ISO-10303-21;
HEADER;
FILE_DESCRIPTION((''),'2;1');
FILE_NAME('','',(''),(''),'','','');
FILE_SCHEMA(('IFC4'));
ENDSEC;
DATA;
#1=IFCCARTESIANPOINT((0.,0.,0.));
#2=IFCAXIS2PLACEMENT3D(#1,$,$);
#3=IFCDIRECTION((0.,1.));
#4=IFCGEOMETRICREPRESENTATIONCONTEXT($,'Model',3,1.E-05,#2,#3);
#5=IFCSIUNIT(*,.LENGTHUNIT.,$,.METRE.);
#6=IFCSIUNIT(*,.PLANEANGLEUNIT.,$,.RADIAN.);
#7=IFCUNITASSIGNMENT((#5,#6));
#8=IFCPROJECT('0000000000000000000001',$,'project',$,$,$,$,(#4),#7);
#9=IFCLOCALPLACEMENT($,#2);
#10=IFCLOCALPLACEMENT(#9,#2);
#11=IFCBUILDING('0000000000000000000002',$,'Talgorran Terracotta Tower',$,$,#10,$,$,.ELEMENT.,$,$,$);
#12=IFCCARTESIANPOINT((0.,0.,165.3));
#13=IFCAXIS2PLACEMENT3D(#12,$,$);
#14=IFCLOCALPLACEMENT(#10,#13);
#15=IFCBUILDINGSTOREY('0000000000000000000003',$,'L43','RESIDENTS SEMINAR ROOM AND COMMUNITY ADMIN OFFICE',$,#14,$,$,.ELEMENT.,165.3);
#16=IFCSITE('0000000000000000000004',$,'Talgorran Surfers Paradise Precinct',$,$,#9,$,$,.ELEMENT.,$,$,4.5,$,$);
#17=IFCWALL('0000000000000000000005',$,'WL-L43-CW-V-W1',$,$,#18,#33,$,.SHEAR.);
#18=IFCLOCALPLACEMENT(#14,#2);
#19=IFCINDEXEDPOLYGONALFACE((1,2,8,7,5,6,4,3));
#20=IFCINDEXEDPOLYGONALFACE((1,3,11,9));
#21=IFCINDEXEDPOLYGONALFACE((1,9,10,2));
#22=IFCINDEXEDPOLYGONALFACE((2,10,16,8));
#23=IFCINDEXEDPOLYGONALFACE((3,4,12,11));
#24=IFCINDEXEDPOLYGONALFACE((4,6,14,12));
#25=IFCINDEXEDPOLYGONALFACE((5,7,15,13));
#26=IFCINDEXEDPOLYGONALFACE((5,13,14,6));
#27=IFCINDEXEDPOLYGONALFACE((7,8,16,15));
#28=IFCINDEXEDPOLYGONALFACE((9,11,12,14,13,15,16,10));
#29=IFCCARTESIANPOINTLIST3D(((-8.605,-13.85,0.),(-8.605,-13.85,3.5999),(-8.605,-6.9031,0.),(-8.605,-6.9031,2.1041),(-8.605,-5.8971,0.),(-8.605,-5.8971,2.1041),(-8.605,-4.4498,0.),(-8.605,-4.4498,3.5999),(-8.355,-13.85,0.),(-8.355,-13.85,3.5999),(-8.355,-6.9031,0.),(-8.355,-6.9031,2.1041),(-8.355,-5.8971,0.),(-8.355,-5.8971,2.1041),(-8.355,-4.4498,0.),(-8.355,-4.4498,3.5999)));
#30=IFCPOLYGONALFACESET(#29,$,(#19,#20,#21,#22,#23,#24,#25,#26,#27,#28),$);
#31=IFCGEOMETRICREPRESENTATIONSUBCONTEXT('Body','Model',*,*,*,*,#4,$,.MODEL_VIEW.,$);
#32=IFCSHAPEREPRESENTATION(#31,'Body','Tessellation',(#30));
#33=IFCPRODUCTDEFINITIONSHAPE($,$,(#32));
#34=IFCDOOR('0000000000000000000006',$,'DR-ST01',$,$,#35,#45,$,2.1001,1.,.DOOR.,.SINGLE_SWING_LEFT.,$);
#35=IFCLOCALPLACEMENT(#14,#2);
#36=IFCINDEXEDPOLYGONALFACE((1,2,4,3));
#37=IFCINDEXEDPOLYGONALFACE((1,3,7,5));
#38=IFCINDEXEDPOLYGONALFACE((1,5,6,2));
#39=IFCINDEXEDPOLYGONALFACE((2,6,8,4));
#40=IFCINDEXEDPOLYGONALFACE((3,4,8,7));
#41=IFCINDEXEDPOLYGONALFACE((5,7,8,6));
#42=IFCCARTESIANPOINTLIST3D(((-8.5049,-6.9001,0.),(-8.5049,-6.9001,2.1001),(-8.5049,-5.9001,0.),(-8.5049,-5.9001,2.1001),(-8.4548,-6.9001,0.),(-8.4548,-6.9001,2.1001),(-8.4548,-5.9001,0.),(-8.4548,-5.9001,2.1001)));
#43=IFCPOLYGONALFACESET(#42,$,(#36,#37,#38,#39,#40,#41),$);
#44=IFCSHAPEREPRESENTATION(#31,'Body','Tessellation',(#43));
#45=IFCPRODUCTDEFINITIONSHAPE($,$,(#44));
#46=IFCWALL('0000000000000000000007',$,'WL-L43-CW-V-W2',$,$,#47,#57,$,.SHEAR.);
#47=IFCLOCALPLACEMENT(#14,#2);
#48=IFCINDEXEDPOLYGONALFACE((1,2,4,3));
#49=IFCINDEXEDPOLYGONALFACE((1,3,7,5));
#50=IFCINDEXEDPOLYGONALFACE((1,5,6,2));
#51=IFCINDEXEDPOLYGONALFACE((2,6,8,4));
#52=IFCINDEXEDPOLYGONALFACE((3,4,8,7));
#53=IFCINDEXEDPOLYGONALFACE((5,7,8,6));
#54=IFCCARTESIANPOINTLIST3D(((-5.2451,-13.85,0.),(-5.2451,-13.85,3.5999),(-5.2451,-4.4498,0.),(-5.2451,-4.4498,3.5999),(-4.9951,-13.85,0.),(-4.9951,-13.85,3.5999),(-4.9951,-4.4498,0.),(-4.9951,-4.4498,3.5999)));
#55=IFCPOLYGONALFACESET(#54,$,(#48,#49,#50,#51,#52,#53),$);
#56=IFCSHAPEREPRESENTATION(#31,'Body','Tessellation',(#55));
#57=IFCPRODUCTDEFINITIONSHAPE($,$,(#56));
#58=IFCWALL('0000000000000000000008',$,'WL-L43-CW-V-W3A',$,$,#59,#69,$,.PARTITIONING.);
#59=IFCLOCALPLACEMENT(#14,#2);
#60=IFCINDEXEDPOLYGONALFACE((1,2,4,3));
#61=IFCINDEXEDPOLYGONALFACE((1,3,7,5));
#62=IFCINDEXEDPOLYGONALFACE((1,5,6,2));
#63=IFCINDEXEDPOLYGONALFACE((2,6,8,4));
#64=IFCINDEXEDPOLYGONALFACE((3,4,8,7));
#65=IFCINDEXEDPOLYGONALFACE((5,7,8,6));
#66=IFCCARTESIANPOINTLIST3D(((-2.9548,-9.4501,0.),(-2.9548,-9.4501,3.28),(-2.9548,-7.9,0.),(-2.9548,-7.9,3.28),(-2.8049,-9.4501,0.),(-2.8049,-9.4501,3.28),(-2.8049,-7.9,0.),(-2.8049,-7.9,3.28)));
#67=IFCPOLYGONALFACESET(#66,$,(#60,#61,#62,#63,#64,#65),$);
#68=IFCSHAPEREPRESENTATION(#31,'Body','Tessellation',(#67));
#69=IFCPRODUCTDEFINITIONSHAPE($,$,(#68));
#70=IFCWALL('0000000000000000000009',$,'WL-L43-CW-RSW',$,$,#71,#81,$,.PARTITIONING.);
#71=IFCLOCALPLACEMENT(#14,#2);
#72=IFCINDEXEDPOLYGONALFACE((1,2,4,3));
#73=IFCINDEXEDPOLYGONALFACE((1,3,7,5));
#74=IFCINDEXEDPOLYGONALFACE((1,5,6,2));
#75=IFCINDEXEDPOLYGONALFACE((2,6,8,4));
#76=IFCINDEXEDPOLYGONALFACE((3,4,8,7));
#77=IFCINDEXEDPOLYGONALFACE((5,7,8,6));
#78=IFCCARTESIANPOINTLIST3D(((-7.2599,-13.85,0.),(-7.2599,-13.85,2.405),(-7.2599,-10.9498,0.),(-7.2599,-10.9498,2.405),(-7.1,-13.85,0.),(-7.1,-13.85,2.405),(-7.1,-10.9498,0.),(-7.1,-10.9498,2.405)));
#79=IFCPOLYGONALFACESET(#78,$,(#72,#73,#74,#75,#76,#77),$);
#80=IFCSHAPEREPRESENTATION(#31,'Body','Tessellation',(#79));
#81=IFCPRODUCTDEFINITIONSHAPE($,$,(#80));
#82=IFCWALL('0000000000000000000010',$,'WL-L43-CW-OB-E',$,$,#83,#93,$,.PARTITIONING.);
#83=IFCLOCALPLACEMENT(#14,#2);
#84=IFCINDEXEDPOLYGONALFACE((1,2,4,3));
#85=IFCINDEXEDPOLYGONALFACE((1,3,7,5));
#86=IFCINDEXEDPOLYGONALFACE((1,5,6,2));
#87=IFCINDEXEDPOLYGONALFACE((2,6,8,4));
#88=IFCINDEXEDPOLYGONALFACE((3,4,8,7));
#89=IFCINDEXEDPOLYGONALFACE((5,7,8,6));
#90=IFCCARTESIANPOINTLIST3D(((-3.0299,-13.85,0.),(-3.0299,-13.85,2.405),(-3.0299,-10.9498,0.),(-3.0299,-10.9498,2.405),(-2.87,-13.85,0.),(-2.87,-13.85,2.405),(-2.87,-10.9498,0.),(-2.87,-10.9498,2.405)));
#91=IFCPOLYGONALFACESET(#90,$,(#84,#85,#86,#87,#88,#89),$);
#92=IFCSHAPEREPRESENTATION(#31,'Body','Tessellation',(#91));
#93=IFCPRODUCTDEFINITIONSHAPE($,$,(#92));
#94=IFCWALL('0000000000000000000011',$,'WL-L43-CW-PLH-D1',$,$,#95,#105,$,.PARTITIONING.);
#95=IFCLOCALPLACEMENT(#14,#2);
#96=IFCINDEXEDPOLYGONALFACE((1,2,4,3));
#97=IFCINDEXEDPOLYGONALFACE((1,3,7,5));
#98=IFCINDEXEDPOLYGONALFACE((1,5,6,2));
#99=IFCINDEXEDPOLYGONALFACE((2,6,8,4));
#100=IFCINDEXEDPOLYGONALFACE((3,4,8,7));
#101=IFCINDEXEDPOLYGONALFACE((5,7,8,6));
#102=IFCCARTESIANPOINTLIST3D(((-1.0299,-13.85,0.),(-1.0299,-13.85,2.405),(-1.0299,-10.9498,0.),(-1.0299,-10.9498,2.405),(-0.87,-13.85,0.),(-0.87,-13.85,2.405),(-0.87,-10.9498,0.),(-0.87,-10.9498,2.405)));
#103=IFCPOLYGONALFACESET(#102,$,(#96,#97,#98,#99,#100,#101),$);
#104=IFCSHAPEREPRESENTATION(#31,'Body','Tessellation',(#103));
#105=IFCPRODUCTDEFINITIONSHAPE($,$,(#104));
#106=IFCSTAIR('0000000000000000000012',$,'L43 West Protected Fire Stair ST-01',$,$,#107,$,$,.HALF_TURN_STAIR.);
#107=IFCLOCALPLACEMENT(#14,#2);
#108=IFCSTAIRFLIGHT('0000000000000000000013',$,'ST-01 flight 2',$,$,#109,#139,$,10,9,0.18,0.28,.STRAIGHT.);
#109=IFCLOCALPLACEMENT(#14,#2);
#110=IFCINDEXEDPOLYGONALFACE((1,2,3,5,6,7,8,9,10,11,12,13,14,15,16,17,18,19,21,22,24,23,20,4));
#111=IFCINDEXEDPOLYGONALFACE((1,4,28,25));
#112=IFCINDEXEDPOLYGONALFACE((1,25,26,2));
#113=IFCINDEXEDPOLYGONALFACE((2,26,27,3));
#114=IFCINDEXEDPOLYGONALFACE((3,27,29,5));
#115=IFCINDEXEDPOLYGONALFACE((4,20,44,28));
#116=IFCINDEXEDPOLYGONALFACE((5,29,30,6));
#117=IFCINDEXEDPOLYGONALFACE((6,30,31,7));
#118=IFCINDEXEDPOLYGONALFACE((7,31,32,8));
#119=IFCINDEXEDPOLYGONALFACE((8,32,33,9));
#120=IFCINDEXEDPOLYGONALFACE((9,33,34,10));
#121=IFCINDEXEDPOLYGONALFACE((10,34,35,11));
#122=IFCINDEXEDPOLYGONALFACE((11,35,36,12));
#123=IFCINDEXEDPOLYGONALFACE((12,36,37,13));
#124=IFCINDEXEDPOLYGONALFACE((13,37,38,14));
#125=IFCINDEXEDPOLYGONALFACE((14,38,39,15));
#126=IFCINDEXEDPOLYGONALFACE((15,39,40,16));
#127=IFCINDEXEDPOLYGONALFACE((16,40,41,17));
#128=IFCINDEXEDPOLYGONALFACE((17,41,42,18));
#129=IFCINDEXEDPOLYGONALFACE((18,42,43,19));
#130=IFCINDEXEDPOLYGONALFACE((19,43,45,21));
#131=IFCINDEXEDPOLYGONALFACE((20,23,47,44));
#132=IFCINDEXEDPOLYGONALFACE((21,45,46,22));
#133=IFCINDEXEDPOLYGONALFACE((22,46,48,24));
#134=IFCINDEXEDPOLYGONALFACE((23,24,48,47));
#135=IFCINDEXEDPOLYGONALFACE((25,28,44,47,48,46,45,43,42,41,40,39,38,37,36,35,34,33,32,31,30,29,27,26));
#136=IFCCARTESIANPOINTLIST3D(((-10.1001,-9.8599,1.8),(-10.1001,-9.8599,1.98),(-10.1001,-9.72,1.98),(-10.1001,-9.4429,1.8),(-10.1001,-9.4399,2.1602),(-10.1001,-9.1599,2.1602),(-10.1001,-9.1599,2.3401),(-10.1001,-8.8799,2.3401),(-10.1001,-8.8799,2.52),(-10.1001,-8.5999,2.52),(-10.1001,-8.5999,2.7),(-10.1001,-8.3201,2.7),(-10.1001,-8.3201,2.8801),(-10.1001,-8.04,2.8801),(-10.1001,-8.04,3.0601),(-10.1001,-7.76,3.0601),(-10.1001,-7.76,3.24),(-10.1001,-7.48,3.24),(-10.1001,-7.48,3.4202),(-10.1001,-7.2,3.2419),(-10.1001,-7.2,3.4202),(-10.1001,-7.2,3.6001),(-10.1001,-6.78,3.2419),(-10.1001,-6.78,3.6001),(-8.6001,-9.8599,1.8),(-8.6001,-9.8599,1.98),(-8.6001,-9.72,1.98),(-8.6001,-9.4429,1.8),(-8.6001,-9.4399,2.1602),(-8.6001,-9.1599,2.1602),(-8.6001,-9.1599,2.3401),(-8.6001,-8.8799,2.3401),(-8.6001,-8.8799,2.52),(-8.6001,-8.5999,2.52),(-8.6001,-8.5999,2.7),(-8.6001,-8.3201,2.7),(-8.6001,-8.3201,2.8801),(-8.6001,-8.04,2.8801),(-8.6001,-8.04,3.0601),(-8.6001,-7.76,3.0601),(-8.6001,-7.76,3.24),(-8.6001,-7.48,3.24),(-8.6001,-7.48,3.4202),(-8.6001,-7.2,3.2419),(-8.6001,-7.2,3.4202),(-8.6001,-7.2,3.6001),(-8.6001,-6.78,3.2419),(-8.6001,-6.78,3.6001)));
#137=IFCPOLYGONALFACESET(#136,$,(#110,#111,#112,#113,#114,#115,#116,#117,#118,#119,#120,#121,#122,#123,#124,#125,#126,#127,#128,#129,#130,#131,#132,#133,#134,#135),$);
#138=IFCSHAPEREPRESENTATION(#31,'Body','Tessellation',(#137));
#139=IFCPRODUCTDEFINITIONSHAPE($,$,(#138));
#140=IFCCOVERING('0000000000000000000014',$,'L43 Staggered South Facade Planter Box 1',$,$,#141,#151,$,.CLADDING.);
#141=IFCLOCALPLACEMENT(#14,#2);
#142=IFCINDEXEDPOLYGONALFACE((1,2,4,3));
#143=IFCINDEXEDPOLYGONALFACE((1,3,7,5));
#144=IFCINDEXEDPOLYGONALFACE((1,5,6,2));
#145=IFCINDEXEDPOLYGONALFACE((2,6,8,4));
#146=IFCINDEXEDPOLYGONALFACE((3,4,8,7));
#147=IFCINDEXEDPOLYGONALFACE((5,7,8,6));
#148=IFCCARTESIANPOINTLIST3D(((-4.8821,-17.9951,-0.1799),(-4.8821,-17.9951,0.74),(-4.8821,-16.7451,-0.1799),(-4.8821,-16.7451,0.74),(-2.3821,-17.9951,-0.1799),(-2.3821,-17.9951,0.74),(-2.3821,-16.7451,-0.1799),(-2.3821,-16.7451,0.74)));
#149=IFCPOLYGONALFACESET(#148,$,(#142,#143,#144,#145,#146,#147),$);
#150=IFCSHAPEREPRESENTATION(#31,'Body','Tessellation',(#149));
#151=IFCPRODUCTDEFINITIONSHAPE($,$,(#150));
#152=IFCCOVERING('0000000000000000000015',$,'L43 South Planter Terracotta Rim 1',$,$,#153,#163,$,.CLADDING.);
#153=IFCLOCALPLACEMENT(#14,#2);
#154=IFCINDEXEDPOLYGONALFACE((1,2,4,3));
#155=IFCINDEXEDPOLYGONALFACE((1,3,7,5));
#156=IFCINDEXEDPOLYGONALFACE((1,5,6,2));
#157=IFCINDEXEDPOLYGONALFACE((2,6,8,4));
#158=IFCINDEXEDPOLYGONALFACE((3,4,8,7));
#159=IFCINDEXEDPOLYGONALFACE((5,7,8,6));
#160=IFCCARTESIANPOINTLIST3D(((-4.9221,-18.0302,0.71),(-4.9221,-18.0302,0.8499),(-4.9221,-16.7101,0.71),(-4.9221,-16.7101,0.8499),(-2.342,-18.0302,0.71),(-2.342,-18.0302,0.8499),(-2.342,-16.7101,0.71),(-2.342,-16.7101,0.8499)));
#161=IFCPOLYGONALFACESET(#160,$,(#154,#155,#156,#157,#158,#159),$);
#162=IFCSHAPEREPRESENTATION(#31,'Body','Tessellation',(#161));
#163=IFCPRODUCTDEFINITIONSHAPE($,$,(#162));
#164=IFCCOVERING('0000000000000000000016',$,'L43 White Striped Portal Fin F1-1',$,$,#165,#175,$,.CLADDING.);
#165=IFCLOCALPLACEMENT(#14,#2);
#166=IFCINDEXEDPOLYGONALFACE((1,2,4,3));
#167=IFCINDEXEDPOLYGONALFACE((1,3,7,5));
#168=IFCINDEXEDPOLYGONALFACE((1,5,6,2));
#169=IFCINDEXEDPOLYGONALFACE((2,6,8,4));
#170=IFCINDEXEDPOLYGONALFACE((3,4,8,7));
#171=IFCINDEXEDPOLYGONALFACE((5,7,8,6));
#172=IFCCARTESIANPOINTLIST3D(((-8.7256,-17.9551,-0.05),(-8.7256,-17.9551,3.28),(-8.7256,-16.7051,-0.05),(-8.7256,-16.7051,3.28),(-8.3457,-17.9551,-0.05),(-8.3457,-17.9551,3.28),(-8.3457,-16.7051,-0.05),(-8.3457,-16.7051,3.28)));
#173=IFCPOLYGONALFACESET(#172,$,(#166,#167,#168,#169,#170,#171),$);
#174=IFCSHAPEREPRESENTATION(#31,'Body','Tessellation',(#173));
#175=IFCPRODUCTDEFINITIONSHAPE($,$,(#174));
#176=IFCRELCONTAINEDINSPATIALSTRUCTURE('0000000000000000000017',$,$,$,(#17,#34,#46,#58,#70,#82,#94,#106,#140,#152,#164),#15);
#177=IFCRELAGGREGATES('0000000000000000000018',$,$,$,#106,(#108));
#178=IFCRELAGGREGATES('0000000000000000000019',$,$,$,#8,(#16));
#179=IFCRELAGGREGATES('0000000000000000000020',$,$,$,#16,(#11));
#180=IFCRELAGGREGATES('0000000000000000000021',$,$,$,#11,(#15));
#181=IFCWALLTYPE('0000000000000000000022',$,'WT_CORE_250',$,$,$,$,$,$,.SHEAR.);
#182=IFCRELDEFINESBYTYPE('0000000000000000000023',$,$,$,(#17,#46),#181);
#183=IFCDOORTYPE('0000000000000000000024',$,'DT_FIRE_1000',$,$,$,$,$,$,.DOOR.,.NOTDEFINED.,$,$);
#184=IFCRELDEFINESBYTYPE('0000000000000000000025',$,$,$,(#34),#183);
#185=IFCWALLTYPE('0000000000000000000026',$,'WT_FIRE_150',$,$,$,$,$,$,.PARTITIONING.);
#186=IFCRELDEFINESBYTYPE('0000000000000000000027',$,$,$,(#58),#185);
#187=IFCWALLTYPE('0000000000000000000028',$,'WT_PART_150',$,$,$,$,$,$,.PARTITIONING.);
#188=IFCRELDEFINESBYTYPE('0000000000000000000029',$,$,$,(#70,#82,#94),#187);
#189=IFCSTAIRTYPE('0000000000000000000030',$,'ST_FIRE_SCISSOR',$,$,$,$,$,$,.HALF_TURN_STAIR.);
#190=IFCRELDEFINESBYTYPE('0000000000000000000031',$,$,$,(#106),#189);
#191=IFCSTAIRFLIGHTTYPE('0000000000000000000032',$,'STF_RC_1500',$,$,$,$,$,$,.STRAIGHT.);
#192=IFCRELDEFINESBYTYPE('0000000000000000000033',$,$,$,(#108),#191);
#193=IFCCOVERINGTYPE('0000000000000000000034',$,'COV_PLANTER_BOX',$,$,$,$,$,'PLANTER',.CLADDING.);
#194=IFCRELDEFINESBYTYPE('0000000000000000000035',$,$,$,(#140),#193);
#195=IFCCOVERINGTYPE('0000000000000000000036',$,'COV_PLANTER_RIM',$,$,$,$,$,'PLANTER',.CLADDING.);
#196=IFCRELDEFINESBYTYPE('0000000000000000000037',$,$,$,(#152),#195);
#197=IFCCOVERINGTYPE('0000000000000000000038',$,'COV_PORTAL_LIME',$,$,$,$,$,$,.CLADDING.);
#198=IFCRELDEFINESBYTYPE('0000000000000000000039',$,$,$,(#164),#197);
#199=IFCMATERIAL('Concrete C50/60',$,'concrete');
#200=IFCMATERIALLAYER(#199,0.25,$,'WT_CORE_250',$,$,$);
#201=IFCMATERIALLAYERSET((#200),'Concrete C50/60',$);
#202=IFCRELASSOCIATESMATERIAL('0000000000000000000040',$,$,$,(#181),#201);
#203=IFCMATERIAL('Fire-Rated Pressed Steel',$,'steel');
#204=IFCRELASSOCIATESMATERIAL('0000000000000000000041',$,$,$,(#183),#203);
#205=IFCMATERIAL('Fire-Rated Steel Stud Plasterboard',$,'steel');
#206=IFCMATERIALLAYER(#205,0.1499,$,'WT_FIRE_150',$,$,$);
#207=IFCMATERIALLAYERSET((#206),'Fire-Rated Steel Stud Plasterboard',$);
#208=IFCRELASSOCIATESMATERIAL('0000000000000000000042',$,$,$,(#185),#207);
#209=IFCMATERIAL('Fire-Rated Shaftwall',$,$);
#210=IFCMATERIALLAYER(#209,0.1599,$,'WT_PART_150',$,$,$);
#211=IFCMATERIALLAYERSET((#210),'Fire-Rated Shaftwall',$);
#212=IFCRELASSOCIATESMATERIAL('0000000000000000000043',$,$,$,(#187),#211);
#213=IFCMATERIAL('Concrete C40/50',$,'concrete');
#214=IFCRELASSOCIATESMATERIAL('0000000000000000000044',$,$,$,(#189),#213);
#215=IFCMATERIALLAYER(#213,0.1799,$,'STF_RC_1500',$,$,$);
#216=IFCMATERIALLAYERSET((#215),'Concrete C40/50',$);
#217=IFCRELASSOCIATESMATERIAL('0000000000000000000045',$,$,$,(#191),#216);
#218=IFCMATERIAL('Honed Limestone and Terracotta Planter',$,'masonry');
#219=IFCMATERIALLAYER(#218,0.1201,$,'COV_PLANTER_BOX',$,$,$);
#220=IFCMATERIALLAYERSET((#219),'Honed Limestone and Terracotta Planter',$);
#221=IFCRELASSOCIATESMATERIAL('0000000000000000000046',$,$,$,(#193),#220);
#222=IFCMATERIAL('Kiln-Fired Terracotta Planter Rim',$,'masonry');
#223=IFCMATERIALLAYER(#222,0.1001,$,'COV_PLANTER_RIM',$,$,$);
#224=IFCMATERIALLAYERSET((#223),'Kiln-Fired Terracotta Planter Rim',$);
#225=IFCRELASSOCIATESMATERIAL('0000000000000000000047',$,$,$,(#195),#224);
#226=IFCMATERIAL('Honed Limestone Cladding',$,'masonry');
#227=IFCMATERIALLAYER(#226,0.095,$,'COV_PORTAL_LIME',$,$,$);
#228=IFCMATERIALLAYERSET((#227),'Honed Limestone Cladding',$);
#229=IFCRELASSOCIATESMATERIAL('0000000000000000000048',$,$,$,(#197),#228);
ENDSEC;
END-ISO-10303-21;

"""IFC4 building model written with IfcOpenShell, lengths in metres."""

from ifc_helpers import new_model, si_unit, direction, frame, frame_2d, origin, origin_2d, place, context, subcontext, project, spatial, polyline, rectangle, outline, extrude, material, layer, layer_set, type_object, element, fill, aggregate, save


model = new_model("IFC4")

# Units and contexts
model_context = context("Model", 3, precision=1e-05, world=origin(), true_north=direction((0.0, 1.0)))
body_context = subcontext(model_context, "Body", "Model", "MODEL_VIEW")
ifc_project = project(units=[si_unit("LENGTHUNIT", "METRE"), si_unit("PLANEANGLEUNIT", "RADIAN")], contexts=[model_context])

# Site, building, storey
site_placement = place(None, origin())
site = spatial("IfcSite", under=ifc_project, at=site_placement, Name="Talgorran Surfers Paradise Precinct", CompositionType="ELEMENT", RefElevation=4.5)
building_placement = place(site_placement, origin())
building = spatial("IfcBuilding", under=site, at=building_placement, Name="Talgorran Terracotta Tower", CompositionType="ELEMENT")
storey_placement = place(building_placement, frame((0.0, 0.0, 165.3)))
storey = spatial("IfcBuildingStorey", under=building, at=storey_placement, Name="L43", Description="RESIDENTS SEMINAR ROOM AND COMMUNITY ADMIN OFFICE", CompositionType="ELEMENT", Elevation=165.3)

# Shared definitions
ifc_material_1 = material(Name="Concrete C50/60", Category="concrete")

# Shared definitions
ifc_material_2 = material(Name="Fire-Rated Pressed Steel", Category="steel")

# Wall, opening, door
ifc_layer_1 = layer(ifc_material_1, 0.25, Name="WT_CORE_250")
ifc_layer_set_1 = layer_set([ifc_layer_1], Name="Concrete C50/60")
wall_type_1 = type_object("IfcWallType", Name="WT_CORE_250", PredefinedType="SHEAR", material=ifc_layer_set_1)
wall_1_placement = place(storey_placement, frame((-8.48, -13.8501, 0.0), z_axis=(0.0, 0.0, 1.0), x_axis=(0.0, 1.0, 0.0)))
wall_1 = element("IfcWall", 1, at=wall_1_placement, inside=storey, type_object=wall_type_1, Name="WL-L43-CW-V-W1", PredefinedType="SHEAR", context=body_context, shape_type="SweptSolid", body=[
    extrude(rectangle(XDim=9.4001, YDim=0.25, at=frame_2d((4.7002, 0.0))), origin(), (0.0, 0.0, 1.0), 3.5999),
])
opening_1_placement = place(wall_1_placement, frame((6.95, 0.0, 0.0)))
opening_1 = element("IfcOpeningElement", 2, at=opening_1_placement, cuts=wall_1, PredefinedType="OPENING", context=body_context, shape_type="SweptSolid", body=[
    extrude(rectangle(XDim=1.006, YDim=2.1041, at=frame_2d((0.5, 1.052))), frame((0.0, 0.135, 0.0), z_axis=(0.0, -1.0, 0.0), x_axis=(1.0, 0.0, 0.0)), (0.0, 0.0, 1.0), 0.27),
])
door_type_1 = type_object("IfcDoorType", Name="DT_FIRE_1000", OperationType="NOTDEFINED", PredefinedType="DOOR", material=ifc_material_2)
door_1_placement = place(opening_1_placement, origin())
door_1 = element("IfcDoor", 3, at=door_1_placement, inside=storey, type_object=door_type_1, Name="DR-ST01", OperationType="SINGLE_SWING_LEFT", OverallHeight=2.1001, OverallWidth=1.0, PredefinedType="DOOR", context=body_context, shape_type="SweptSolid", body=[
    extrude(rectangle(XDim=1.0, YDim=2.1001, at=frame_2d((0.5, 1.05))), frame((0.0, 0.0249, 0.0), z_axis=(0.0, -1.0, 0.0), x_axis=(1.0, 0.0, 0.0)), (0.0, 0.0, 1.0), 0.05),
])
fill(opening_1, door_1)

# Walls
wall_2_placement = place(storey_placement, frame((-5.1201, -13.8501, 0.0), z_axis=(0.0, 0.0, 1.0), x_axis=(0.0, 1.0, 0.0)))
element("IfcWall", 4, at=wall_2_placement, inside=storey, type_object=wall_type_1, Name="WL-L43-CW-V-W2", PredefinedType="SHEAR", context=body_context, shape_type="SweptSolid", body=[
    extrude(rectangle(XDim=9.4001, YDim=0.25, at=frame_2d((4.7002, 0.0))), origin(), (0.0, 0.0, 1.0), 3.5999),
])
ifc_material_3 = material(Name="Fire-Rated Steel Stud Plasterboard", Category="steel")
ifc_layer_2 = layer(ifc_material_3, 0.1499, Name="WT_FIRE_150")
ifc_layer_set_2 = layer_set([ifc_layer_2], Name="Fire-Rated Steel Stud Plasterboard")
wall_type_2 = type_object("IfcWallType", Name="WT_FIRE_150", PredefinedType="PARTITIONING", material=ifc_layer_set_2)
wall_3_placement = place(storey_placement, frame((-2.8799, -9.45, 0.0), z_axis=(0.0, 0.0, 1.0), x_axis=(0.0, 1.0, 0.0)))
element("IfcWall", 5, at=wall_3_placement, inside=storey, type_object=wall_type_2, Name="WL-L43-CW-V-W3A", PredefinedType="PARTITIONING", context=body_context, shape_type="SweptSolid", body=[
    extrude(rectangle(XDim=1.55, YDim=0.1499, at=frame_2d((0.7749, 0.0))), origin(), (0.0, 0.0, 1.0), 3.28),
])
ifc_material_4 = material(Name="Fire-Rated Shaftwall")
ifc_layer_3 = layer(ifc_material_4, 0.1599, Name="WT_PART_150")
ifc_layer_set_3 = layer_set([ifc_layer_3], Name="Fire-Rated Shaftwall")
wall_type_3 = type_object("IfcWallType", Name="WT_PART_150", PredefinedType="PARTITIONING", material=ifc_layer_set_3)
for number, where, z_axis, x_axis, name in (
    (6, (-7.1799, -13.8501, 0.0), (0.0, 0.0, 1.0), (0.0, 1.0, 0.0), "WL-L43-CW-RSW"),
    (7, (-2.95, -13.8501, 0.0), (0.0, 0.0, 1.0), (0.0, 1.0, 0.0), "WL-L43-CW-OB-E"),
    (8, (-0.95, -13.8501, 0.0), (0.0, 0.0, 1.0), (0.0, 1.0, 0.0), "WL-L43-CW-PLH-D1"),
):
    element("IfcWall", number, at=place(storey_placement, frame(where, z_axis=z_axis, x_axis=x_axis)), inside=storey, type_object=wall_type_3, Name=name, PredefinedType="PARTITIONING", context=body_context, shape_type="SweptSolid", body=[
        extrude(rectangle(XDim=2.9001, YDim=0.1599, at=frame_2d((1.4502, 0.0))), origin(), (0.0, 0.0, 1.0), 2.405),
    ])

# Stair, stair flight
ifc_material_5 = material(Name="Concrete C40/50", Category="concrete")
stair_type = type_object("IfcStairType", Name="ST_FIRE_SCISSOR", PredefinedType="HALF_TURN_STAIR", material=ifc_material_5)
stair_placement = place(storey_placement, origin())
stair = element("IfcStair", 9, at=stair_placement, inside=storey, type_object=stair_type, Name="L43 West Protected Fire Stair ST-01", PredefinedType="HALF_TURN_STAIR")
ifc_layer_4 = layer(ifc_material_5, 0.1799, Name="STF_RC_1500")
ifc_layer_set_4 = layer_set([ifc_layer_4], Name="Concrete C40/50")
stair_flight_type = type_object("IfcStairFlightType", Name="STF_RC_1500", PredefinedType="STRAIGHT", material=ifc_layer_set_4)
stair_flight_placement = place(storey_placement, frame((-9.3501, -9.72, 1.8), z_axis=(0.0, 0.0, 1.0), x_axis=(0.0, 1.0, 0.0)))
stair_flight = element("IfcStairFlight", 10, at=stair_flight_placement, type_object=stair_flight_type, Name="ST-01 flight 2", NumberOfRisers=10, NumberOfTreads=9, PredefinedType="STRAIGHT", RiserHeight=0.18, TreadLength=0.28, context=body_context, shape_type="SweptSolid", body=[
    extrude(outline(polyline([(-0.1399, 0.0), (-0.1399, 0.1799), (0.0, 0.1799), (0.28, 0.3601), (0.5601, 0.3601), (0.5601, 0.54), (0.8401, 0.54), (0.8401, 0.72), (1.1201, 0.72), (1.1201, 0.8999), (1.3999, 0.8999), (1.3999, 1.0801), (1.6799, 1.0801), (1.6799, 1.26), (1.96, 1.26), (1.96, 1.4399), (2.24, 1.4399), (2.24, 1.6201), (2.52, 1.6201), (2.52, 1.8), (2.9399, 1.8), (2.9399, 1.4419), (2.52, 1.4419), (0.2771, 0.0), (-0.1399, 0.0)])), frame((0.0, 0.75, 0.0), z_axis=(0.0, -1.0, 0.0), x_axis=(1.0, 0.0, 0.0)), (0.0, 0.0, 1.0), 1.5),
])
aggregate(stair, [stair_flight])

# Coverings
ifc_material_6 = material(Name="Honed Limestone and Terracotta Planter", Category="masonry")
ifc_layer_5 = layer(ifc_material_6, 0.1201, Name="COV_PLANTER_BOX")
ifc_layer_set_5 = layer_set([ifc_layer_5], Name="Honed Limestone and Terracotta Planter")
covering_type_1 = type_object("IfcCoveringType", Name="COV_PLANTER_BOX", ElementType="PLANTER", PredefinedType="CLADDING", material=ifc_layer_set_5)
covering_1_placement = place(storey_placement, frame((-3.6321, -17.3701, -0.1799), z_axis=(0.0, 0.0, 1.0), x_axis=(1.0, 0.0, 0.0)))
element("IfcCovering", 11, at=covering_1_placement, inside=storey, type_object=covering_type_1, Name="L43 Staggered South Facade Planter Box 1", PredefinedType="CLADDING", context=body_context, shape_type="SweptSolid", body=[
    extrude(rectangle(XDim=2.5, YDim=1.25, at=origin_2d()), origin(), (0.0, 0.0, 1.0), 0.9199),
])
ifc_material_7 = material(Name="Kiln-Fired Terracotta Planter Rim", Category="masonry")
ifc_layer_6 = layer(ifc_material_7, 0.1001, Name="COV_PLANTER_RIM")
ifc_layer_set_6 = layer_set([ifc_layer_6], Name="Kiln-Fired Terracotta Planter Rim")
covering_type_2 = type_object("IfcCoveringType", Name="COV_PLANTER_RIM", ElementType="PLANTER", PredefinedType="CLADDING", material=ifc_layer_set_6)
covering_2_placement = place(storey_placement, frame((-3.6321, -17.3701, 0.71), z_axis=(0.0, 0.0, 1.0), x_axis=(1.0, 0.0, 0.0)))
element("IfcCovering", 12, at=covering_2_placement, inside=storey, type_object=covering_type_2, Name="L43 South Planter Terracotta Rim 1", PredefinedType="CLADDING", context=body_context, shape_type="SweptSolid", body=[
    extrude(rectangle(XDim=2.5801, YDim=1.3201, at=origin_2d()), origin(), (0.0, 0.0, 1.0), 0.1399),
])
ifc_material_8 = material(Name="Honed Limestone Cladding", Category="masonry")
ifc_layer_7 = layer(ifc_material_8, 0.095, Name="COV_PORTAL_LIME")
ifc_layer_set_7 = layer_set([ifc_layer_7], Name="Honed Limestone Cladding")
covering_type_3 = type_object("IfcCoveringType", Name="COV_PORTAL_LIME", PredefinedType="CLADDING", material=ifc_layer_set_7)
covering_3_placement = place(storey_placement, frame((-8.5356, -17.3301, -0.05), z_axis=(0.0, 0.0, 1.0), x_axis=(1.0, 0.0, 0.0)))
element("IfcCovering", 13, at=covering_3_placement, inside=storey, type_object=covering_type_3, Name="L43 White Striped Portal Fin F1-1", PredefinedType="CLADDING", context=body_context, shape_type="SweptSolid", body=[
    extrude(rectangle(XDim=0.3799, YDim=1.25, at=origin_2d()), origin(), (0.0, 0.0, 1.0), 3.3301),
])

save(model, "model.ifc")
